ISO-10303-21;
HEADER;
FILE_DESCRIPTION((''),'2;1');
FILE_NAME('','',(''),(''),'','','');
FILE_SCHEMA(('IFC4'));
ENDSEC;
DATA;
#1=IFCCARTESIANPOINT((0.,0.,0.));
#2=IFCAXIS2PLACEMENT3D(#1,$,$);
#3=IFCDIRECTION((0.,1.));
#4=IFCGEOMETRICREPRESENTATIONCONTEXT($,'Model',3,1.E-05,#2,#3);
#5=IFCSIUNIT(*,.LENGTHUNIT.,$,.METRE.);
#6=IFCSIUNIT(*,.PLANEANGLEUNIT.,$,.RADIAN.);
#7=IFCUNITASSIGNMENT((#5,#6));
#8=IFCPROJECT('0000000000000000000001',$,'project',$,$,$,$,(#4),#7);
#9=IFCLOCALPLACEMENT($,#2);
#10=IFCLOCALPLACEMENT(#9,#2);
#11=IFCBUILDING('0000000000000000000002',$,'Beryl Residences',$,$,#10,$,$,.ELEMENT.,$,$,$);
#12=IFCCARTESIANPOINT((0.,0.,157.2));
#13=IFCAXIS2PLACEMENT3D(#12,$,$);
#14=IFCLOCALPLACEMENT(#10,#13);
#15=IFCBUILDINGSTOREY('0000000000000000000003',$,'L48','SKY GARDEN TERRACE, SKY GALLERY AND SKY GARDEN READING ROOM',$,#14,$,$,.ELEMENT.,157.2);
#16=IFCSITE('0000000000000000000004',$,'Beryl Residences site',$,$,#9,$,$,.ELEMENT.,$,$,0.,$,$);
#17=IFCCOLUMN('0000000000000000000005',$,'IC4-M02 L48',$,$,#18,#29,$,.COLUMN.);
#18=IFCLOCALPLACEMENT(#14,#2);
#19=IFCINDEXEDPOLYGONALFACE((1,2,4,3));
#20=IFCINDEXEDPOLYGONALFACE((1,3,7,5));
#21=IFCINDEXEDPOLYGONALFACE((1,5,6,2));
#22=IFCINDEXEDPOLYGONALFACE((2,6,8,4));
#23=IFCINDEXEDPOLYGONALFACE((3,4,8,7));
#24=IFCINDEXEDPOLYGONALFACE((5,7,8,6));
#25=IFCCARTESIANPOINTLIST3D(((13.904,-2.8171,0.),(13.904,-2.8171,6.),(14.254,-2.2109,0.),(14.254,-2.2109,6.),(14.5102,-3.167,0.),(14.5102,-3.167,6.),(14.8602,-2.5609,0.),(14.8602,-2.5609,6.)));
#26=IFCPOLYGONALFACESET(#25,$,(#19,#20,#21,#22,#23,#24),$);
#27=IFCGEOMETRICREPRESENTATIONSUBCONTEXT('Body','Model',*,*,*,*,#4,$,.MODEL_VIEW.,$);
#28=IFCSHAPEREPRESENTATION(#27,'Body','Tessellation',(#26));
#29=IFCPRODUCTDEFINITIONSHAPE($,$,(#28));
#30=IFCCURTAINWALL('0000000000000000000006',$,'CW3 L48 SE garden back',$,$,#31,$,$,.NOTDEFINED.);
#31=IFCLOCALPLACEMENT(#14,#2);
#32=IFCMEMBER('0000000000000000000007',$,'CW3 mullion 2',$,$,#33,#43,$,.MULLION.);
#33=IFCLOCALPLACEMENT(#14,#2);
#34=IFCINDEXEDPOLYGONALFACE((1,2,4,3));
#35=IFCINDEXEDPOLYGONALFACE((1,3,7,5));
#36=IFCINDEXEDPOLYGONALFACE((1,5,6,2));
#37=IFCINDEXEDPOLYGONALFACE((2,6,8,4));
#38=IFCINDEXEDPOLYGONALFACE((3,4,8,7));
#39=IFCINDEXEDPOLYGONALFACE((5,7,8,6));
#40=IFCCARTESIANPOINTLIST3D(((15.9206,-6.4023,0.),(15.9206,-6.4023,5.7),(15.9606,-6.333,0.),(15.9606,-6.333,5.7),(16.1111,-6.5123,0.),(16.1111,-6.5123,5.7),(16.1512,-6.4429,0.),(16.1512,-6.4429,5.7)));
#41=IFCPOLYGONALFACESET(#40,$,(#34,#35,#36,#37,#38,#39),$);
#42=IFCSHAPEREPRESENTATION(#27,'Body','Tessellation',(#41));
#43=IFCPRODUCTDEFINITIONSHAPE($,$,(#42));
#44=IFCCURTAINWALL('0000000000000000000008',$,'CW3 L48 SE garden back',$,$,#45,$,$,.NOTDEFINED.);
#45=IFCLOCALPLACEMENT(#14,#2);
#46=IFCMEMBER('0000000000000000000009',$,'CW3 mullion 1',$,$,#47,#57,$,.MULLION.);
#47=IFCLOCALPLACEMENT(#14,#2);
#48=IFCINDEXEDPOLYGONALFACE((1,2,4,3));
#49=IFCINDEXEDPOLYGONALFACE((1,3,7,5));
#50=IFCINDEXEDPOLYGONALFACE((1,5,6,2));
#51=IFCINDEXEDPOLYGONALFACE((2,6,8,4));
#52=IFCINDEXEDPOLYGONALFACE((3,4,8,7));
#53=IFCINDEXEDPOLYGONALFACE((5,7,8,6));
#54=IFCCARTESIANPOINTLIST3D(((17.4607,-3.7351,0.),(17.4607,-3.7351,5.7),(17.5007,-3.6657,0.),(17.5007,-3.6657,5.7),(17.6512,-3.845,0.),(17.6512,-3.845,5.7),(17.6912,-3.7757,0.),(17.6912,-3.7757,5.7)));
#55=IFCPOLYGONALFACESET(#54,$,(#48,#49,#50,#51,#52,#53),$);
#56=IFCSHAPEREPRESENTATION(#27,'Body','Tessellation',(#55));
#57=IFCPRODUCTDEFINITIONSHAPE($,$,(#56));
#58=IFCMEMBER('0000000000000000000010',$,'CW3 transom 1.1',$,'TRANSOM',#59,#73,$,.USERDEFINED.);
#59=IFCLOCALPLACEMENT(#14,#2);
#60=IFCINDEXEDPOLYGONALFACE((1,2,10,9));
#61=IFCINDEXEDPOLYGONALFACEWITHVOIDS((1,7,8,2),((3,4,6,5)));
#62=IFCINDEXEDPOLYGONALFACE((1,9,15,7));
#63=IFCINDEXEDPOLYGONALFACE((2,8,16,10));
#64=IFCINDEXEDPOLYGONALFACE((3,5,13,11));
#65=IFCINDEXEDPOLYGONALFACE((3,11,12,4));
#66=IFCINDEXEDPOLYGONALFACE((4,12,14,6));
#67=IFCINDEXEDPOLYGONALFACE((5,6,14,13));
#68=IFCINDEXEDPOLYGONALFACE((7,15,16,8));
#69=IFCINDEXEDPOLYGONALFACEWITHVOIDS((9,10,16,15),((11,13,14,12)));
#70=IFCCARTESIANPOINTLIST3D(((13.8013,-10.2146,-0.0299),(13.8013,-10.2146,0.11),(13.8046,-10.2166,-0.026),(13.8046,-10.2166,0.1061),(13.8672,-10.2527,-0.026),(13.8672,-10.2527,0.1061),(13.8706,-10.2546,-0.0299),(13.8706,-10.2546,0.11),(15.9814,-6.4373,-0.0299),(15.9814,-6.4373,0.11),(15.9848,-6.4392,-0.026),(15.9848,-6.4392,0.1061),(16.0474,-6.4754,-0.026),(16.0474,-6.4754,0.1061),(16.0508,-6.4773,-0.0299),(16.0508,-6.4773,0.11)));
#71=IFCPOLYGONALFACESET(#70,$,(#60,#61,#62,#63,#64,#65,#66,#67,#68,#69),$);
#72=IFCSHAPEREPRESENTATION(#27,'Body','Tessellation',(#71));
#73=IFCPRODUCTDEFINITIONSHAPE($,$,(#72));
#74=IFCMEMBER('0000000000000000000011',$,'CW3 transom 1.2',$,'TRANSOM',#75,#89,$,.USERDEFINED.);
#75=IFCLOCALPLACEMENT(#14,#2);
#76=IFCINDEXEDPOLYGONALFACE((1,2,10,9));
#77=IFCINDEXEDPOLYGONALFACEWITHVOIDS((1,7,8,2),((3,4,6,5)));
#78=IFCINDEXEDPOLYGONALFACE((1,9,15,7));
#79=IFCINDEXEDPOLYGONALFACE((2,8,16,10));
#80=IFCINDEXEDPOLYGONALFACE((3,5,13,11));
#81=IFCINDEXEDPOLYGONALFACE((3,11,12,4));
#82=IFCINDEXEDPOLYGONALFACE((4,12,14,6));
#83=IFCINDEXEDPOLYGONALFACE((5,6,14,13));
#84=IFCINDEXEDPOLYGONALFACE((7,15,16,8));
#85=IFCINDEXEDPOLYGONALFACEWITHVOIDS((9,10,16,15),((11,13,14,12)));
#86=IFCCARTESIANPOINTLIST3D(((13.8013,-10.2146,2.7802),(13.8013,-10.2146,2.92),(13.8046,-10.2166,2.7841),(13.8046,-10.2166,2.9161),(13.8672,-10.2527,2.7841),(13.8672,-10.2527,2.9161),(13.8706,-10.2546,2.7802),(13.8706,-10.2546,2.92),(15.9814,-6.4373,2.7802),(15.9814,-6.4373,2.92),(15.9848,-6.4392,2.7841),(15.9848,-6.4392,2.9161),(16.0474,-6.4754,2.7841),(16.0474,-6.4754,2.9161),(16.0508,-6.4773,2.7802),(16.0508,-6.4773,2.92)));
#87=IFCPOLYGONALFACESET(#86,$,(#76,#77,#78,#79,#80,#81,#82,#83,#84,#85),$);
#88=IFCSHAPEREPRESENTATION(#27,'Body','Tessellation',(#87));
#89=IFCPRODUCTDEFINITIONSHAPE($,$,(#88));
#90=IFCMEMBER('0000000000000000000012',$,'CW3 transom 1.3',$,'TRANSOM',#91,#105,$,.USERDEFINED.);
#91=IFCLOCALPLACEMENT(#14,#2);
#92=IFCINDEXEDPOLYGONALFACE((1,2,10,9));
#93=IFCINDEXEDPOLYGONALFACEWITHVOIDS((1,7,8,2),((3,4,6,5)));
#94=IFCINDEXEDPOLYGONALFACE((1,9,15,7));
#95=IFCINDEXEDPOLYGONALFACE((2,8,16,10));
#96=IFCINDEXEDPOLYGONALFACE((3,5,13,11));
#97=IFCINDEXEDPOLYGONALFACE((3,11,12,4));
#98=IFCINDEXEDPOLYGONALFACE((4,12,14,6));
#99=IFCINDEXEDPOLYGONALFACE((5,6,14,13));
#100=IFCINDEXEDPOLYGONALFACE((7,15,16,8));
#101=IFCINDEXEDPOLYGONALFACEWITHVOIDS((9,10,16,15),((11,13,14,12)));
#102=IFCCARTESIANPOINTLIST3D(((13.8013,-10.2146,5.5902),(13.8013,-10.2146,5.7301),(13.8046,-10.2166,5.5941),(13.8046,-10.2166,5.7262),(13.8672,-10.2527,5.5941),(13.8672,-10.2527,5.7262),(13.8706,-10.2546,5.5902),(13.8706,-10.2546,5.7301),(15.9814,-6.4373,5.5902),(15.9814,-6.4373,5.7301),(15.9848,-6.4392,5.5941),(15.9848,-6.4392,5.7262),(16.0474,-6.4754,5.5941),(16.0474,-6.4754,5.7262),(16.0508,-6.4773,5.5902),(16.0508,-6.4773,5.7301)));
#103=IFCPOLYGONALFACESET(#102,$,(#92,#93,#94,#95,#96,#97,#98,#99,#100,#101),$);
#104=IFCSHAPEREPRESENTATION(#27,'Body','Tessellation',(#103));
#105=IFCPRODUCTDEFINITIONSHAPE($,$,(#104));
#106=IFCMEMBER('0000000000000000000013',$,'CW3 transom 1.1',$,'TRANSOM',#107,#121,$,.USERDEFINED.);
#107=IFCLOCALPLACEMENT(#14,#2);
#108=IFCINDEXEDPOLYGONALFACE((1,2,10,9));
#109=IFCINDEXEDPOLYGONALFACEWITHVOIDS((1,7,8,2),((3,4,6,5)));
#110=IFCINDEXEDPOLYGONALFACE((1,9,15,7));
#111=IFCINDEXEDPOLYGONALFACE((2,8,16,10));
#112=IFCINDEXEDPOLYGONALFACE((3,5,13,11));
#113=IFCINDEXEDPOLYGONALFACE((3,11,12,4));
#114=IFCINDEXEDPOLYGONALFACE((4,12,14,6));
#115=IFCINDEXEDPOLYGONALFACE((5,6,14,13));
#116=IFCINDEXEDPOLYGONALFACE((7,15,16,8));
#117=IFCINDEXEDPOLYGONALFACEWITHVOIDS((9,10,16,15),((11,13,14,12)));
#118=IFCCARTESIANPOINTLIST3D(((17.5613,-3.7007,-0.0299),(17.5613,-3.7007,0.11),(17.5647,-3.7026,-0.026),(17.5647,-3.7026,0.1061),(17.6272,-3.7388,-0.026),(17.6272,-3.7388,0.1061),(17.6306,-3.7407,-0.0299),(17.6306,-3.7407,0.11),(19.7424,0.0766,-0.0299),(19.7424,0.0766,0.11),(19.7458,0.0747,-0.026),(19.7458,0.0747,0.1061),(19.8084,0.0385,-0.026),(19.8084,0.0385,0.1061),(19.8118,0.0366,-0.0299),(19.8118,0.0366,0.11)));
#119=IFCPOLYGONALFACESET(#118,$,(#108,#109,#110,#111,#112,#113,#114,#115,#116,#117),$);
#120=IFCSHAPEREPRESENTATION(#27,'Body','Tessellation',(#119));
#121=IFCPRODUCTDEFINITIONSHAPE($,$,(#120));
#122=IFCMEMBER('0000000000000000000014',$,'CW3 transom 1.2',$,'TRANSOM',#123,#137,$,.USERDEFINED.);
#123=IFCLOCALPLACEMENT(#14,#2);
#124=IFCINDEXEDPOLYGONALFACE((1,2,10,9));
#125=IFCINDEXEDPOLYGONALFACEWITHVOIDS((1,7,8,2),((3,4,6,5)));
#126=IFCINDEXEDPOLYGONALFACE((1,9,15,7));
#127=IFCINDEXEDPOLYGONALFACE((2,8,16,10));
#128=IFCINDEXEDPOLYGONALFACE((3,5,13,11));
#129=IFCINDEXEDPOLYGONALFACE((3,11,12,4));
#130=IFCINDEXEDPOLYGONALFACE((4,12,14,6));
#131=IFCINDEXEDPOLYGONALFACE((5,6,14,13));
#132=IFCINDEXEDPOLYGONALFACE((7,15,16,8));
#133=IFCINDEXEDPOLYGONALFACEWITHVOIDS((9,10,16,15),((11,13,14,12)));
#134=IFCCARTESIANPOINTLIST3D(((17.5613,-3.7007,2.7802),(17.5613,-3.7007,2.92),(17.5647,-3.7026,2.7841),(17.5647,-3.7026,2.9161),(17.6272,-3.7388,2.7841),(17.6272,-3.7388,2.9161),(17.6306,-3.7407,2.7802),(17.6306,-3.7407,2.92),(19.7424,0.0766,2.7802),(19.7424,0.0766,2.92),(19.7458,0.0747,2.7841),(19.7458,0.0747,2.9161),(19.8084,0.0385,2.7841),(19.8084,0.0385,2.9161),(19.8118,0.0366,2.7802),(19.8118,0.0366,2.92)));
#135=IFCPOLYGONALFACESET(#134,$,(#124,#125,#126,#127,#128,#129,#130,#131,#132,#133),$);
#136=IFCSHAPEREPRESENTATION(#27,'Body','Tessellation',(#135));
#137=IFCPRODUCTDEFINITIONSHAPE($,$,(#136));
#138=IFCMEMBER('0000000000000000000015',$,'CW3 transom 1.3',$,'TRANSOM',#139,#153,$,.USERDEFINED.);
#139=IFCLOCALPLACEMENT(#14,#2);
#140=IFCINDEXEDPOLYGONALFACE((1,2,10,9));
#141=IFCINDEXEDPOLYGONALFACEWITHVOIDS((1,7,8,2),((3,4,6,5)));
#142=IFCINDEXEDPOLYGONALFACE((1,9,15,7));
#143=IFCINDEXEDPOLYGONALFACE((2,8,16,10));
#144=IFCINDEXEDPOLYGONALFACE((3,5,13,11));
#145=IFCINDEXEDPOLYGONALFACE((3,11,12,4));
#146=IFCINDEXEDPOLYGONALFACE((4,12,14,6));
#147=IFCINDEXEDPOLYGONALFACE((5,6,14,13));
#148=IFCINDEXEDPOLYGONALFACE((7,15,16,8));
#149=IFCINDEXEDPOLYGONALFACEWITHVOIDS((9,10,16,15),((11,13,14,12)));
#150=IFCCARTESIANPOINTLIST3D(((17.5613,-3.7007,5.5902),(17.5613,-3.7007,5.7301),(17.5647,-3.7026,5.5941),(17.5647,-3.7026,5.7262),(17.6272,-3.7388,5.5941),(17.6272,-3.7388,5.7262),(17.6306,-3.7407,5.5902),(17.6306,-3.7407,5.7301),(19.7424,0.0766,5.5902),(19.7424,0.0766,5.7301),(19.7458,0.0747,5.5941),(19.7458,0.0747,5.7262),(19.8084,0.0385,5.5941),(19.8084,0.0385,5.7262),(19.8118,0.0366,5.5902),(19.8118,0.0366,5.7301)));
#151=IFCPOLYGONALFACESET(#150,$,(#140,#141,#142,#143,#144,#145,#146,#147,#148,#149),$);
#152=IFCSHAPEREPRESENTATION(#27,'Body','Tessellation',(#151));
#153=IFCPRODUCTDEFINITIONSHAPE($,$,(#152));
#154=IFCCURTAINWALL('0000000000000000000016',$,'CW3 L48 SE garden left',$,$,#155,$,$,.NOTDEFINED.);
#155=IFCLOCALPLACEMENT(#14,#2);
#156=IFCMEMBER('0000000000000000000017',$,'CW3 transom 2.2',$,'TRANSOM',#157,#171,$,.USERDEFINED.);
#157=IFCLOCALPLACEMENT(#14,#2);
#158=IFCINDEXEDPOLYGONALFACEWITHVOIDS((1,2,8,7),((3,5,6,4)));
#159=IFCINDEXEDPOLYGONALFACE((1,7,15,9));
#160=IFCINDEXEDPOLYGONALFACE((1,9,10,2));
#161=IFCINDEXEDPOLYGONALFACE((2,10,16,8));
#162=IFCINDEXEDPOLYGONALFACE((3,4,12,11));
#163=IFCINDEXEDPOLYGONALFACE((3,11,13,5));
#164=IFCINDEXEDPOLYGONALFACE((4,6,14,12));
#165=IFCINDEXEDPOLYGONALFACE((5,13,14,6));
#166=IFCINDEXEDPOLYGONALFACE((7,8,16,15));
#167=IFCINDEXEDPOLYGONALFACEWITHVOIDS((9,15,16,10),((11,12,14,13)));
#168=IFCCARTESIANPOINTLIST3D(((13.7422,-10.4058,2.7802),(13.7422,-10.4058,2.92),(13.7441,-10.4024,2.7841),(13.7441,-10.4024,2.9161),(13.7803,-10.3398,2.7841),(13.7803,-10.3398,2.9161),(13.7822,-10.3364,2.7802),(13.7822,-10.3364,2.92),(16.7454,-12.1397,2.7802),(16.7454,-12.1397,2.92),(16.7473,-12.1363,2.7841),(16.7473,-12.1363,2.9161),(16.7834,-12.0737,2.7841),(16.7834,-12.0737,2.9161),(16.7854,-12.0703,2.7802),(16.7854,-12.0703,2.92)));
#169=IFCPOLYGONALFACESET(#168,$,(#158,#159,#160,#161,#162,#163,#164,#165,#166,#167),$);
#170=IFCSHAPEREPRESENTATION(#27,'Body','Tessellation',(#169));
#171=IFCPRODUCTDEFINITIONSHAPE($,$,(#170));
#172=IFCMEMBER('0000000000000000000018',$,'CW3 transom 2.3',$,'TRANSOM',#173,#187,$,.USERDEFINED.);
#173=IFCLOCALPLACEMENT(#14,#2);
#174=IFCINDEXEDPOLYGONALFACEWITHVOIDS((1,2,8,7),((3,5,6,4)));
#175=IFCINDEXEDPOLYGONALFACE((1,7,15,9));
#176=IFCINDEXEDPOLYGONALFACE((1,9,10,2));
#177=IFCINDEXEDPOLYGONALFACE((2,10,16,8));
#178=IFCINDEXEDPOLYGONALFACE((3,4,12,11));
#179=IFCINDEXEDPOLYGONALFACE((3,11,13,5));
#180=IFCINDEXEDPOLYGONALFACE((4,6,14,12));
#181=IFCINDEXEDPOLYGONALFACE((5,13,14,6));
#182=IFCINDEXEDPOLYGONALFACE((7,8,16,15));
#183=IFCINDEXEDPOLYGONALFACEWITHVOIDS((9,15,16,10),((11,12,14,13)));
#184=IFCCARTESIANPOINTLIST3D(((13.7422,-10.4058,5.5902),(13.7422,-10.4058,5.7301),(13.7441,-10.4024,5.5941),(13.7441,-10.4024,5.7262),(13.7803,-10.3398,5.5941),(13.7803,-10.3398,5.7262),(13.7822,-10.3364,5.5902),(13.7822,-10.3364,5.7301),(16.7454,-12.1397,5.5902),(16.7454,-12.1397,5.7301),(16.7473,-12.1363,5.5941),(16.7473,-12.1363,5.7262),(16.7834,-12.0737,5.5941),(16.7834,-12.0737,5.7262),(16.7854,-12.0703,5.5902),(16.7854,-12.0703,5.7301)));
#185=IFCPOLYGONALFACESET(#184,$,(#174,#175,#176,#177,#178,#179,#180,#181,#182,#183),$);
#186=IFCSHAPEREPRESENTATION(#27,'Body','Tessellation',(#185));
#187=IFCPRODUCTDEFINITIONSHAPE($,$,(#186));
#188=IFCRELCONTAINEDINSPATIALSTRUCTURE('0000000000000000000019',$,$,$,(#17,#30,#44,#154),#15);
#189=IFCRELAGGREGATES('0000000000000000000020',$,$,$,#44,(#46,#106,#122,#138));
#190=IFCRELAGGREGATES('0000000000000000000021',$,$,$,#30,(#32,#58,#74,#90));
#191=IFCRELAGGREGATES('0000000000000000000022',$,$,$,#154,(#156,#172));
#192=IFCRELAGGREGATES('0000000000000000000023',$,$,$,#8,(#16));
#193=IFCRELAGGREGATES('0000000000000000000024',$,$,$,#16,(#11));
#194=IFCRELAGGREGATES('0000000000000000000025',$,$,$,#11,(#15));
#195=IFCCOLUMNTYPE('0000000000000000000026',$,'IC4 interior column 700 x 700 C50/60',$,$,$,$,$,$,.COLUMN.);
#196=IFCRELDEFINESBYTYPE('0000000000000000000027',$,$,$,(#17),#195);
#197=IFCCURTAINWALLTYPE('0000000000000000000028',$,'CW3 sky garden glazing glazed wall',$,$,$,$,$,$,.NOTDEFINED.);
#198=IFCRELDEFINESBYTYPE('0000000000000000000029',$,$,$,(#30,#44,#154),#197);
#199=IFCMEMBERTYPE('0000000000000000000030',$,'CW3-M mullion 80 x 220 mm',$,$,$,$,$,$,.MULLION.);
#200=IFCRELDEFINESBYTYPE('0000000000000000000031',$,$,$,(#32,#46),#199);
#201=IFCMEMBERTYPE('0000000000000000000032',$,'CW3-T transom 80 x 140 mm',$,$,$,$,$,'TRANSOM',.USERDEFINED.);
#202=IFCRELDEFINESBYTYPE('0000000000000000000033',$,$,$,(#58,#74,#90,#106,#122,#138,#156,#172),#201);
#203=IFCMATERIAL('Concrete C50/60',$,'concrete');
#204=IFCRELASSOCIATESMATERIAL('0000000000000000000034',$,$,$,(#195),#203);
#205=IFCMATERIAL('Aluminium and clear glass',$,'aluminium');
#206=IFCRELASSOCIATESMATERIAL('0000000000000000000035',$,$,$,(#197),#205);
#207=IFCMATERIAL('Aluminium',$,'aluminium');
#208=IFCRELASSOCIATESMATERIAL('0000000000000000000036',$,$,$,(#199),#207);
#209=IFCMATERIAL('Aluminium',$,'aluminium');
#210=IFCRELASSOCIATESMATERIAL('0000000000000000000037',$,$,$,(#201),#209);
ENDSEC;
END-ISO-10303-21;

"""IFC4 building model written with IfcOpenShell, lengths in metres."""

from ifc_helpers import new_model, si_unit, direction, frame, origin, origin_2d, place, context, subcontext, project, spatial, rectangle, hollow_rectangle, extrude, material, material_profile, profile_set, type_object, element, aggregate, save


model = new_model("IFC4")

# Units and contexts
model_context = context("Model", 3, precision=1e-05, world=origin(), true_north=direction((0.0, 1.0)))
body_context = subcontext(model_context, "Body", "Model", "MODEL_VIEW")
ifc_project = project(units=[si_unit("LENGTHUNIT", "METRE"), si_unit("PLANEANGLEUNIT", "RADIAN")], contexts=[model_context])

# Site, building, storey
site_placement = place(None, origin())
site = spatial("IfcSite", under=ifc_project, at=site_placement, Name="Beryl Residences site", CompositionType="ELEMENT", RefElevation=0.0)
building_placement = place(site_placement, origin())
building = spatial("IfcBuilding", under=site, at=building_placement, Name="Beryl Residences", CompositionType="ELEMENT")
storey_placement = place(building_placement, frame((0.0, 0.0, 157.2)))
storey = spatial("IfcBuildingStorey", under=building, at=storey_placement, Name="L48", Description="SKY GARDEN TERRACE, SKY GALLERY AND SKY GARDEN READING ROOM", CompositionType="ELEMENT", Elevation=157.2)

# Column
ifc_material_1 = material(Name="Concrete C50/60", Category="concrete")
ifc_material_profile_1 = material_profile(ifc_material_1, rectangle(XDim=0.7, YDim=0.7, at=origin_2d()))
ifc_profile_set_1 = profile_set([ifc_material_profile_1], Name="Concrete C50/60")
column_type = type_object("IfcColumnType", Name="IC4 interior column 700 x 700 C50/60", PredefinedType="COLUMN", material=ifc_profile_set_1)
column_placement = place(storey_placement, frame((14.3821, -2.689, 0.0), z_axis=(0.0, 0.0, 1.0), x_axis=(0.5, 0.866025, 0.0)))
element("IfcColumn", 1, at=column_placement, inside=storey, type_object=column_type, Name="IC4-M02 L48", PredefinedType="COLUMN", context=body_context, shape_type="SweptSolid", body=[
    extrude(rectangle(XDim=0.7, YDim=0.7, at=origin_2d()), origin(), (0.0, 0.0, 1.0), 6.0),
])

# Curtain walls, members
ifc_material_2 = material(Name="Aluminium and clear glass", Category="aluminium")
curtain_wall_type = type_object("IfcCurtainWallType", Name="CW3 sky garden glazing glazed wall", PredefinedType="NOTDEFINED", material=ifc_material_2)
curtain_wall_1_placement = place(storey_placement, origin())
curtain_wall_1 = element("IfcCurtainWall", 2, at=curtain_wall_1_placement, inside=storey, type_object=curtain_wall_type, Name="CW3 L48 SE garden back", PredefinedType="NOTDEFINED")
ifc_material_3 = material(Name="Aluminium", Category="aluminium")
ifc_material_profile_2 = material_profile(ifc_material_3, rectangle(XDim=0.0801, YDim=0.22, at=origin_2d()))
ifc_profile_set_2 = profile_set([ifc_material_profile_2], Name="Aluminium")
member_type_1 = type_object("IfcMemberType", Name="CW3-M mullion 80 x 220 mm", PredefinedType="MULLION", material=ifc_profile_set_2)
member_1_placement = place(storey_placement, frame((16.0359, -6.4226, 0.0), z_axis=(0.0, 0.0, 1.0), x_axis=(0.49985, 0.866112, 0.0)))
member_1 = element("IfcMember", 3, at=member_1_placement, type_object=member_type_1, Name="CW3 mullion 2", PredefinedType="MULLION", context=body_context, shape_type="SweptSolid", body=[
    extrude(rectangle(XDim=0.0801, YDim=0.22, at=origin_2d()), origin(), (0.0, 0.0, 1.0), 5.7),
])
curtain_wall_2_placement = place(storey_placement, origin())
curtain_wall_2 = element("IfcCurtainWall", 4, at=curtain_wall_2_placement, inside=storey, type_object=curtain_wall_type, Name="CW3 L48 SE garden back", PredefinedType="NOTDEFINED")
member_2_placement = place(storey_placement, frame((17.5759, -3.7554, 0.0), z_axis=(0.0, 0.0, 1.0), x_axis=(0.500016, 0.866016, 0.0)))
member_2 = element("IfcMember", 5, at=member_2_placement, type_object=member_type_1, Name="CW3 mullion 1", PredefinedType="MULLION", context=body_context, shape_type="SweptSolid", body=[
    extrude(rectangle(XDim=0.0801, YDim=0.22, at=origin_2d()), origin(), (0.0, 0.0, 1.0), 5.7),
])

# Members
ifc_material_4 = material(Name="Aluminium", Category="aluminium")
ifc_material_profile_3 = material_profile(ifc_material_4, hollow_rectangle(XDim=0.0801, YDim=0.1399, WallThickness=0.0039, at=origin_2d()))
ifc_profile_set_3 = profile_set([ifc_material_profile_3], Name="Aluminium")
member_type_2 = type_object("IfcMemberType", Name="CW3-T transom 80 x 140 mm", ElementType="TRANSOM", PredefinedType="USERDEFINED", material=ifc_profile_set_3)
member_3_placement = place(storey_placement, frame((13.8359, -10.2346, 0.04), z_axis=(0.499884, 0.866092, 0.0), x_axis=(-0.866092, 0.499884, 0.0)))
member_3 = element("IfcMember", 6, at=member_3_placement, type_object=member_type_2, Name="CW3 transom 1.1", ObjectType="TRANSOM", PredefinedType="USERDEFINED", context=body_context, shape_type="SweptSolid", body=[
    extrude(hollow_rectangle(XDim=0.0801, YDim=0.1399, WallThickness=0.0039, at=origin_2d()), origin(), (0.0, 0.0, 1.0), 4.3613),
])
member_4_placement = place(storey_placement, frame((13.8359, -10.2346, 2.8501), z_axis=(0.499884, 0.866092, 0.0), x_axis=(-0.866092, 0.499884, 0.0)))
member_4 = element("IfcMember", 7, at=member_4_placement, type_object=member_type_2, Name="CW3 transom 1.2", ObjectType="TRANSOM", PredefinedType="USERDEFINED", context=body_context, shape_type="SweptSolid", body=[
    extrude(hollow_rectangle(XDim=0.0801, YDim=0.1399, WallThickness=0.0039, at=origin_2d()), origin(), (0.0, 0.0, 1.0), 4.3613),
])
member_5_placement = place(storey_placement, frame((13.8359, -10.2346, 5.6602), z_axis=(0.499884, 0.866092, 0.0), x_axis=(-0.866092, 0.499884, 0.0)))
member_5 = element("IfcMember", 8, at=member_5_placement, type_object=member_type_2, Name="CW3 transom 1.3", ObjectType="TRANSOM", PredefinedType="USERDEFINED", context=body_context, shape_type="SweptSolid", body=[
    extrude(hollow_rectangle(XDim=0.0801, YDim=0.1399, WallThickness=0.0039, at=origin_2d()), origin(), (0.0, 0.0, 1.0), 4.3613),
])
member_6_placement = place(storey_placement, frame((17.5959, -3.7207, 0.04), z_axis=(0.500052, 0.865995, 0.0), x_axis=(-0.865995, 0.500052, 0.0)))
member_6 = element("IfcMember", 9, at=member_6_placement, type_object=member_type_2, Name="CW3 transom 1.1", ObjectType="TRANSOM", PredefinedType="USERDEFINED", context=body_context, shape_type="SweptSolid", body=[
    extrude(hollow_rectangle(XDim=0.0801, YDim=0.1399, WallThickness=0.0039, at=origin_2d()), origin(), (0.0, 0.0, 1.0), 4.3618),
])
member_7_placement = place(storey_placement, frame((17.5959, -3.7207, 2.8501), z_axis=(0.500052, 0.865995, 0.0), x_axis=(-0.865995, 0.500052, 0.0)))
member_7 = element("IfcMember", 10, at=member_7_placement, type_object=member_type_2, Name="CW3 transom 1.2", ObjectType="TRANSOM", PredefinedType="USERDEFINED", context=body_context, shape_type="SweptSolid", body=[
    extrude(hollow_rectangle(XDim=0.0801, YDim=0.1399, WallThickness=0.0039, at=origin_2d()), origin(), (0.0, 0.0, 1.0), 4.3618),
])
member_8_placement = place(storey_placement, frame((17.5959, -3.7207, 5.6602), z_axis=(0.500052, 0.865995, 0.0), x_axis=(-0.865995, 0.500052, 0.0)))
member_8 = element("IfcMember", 11, at=member_8_placement, type_object=member_type_2, Name="CW3 transom 1.3", ObjectType="TRANSOM", PredefinedType="USERDEFINED", context=body_context, shape_type="SweptSolid", body=[
    extrude(hollow_rectangle(XDim=0.0801, YDim=0.1399, WallThickness=0.0039, at=origin_2d()), origin(), (0.0, 0.0, 1.0), 4.3618),
])
aggregate(curtain_wall_2, [member_2, member_6, member_7, member_8])

# Curtain wall, members
curtain_wall_3_placement = place(storey_placement, origin())
curtain_wall_3 = element("IfcCurtainWall", 12, at=curtain_wall_3_placement, inside=storey, type_object=curtain_wall_type, Name="CW3 L48 SE garden left", PredefinedType="NOTDEFINED")
member_9_placement = place(storey_placement, frame((16.7654, -12.105, 2.8501), z_axis=(-0.866025, 0.500001, 0.0), x_axis=(-0.500001, -0.866025, 0.0)))
member_9 = element("IfcMember", 13, at=member_9_placement, type_object=member_type_2, Name="CW3 transom 2.2", ObjectType="TRANSOM", PredefinedType="USERDEFINED", context=body_context, shape_type="SweptSolid", body=[
    extrude(hollow_rectangle(XDim=0.0801, YDim=0.1399, WallThickness=0.0039, at=origin_2d()), origin(), (0.0, 0.0, 1.0), 3.4678),
])
member_10_placement = place(storey_placement, frame((16.7654, -12.105, 5.6602), z_axis=(-0.866025, 0.500001, 0.0), x_axis=(-0.500001, -0.866025, 0.0)))
member_10 = element("IfcMember", 14, at=member_10_placement, type_object=member_type_2, Name="CW3 transom 2.3", ObjectType="TRANSOM", PredefinedType="USERDEFINED", context=body_context, shape_type="SweptSolid", body=[
    extrude(hollow_rectangle(XDim=0.0801, YDim=0.1399, WallThickness=0.0039, at=origin_2d()), origin(), (0.0, 0.0, 1.0), 3.4678),
])

aggregate(curtain_wall_1, [member_1, member_3, member_4, member_5])
aggregate(curtain_wall_3, [member_9, member_10])

save(model, "model.ifc")
